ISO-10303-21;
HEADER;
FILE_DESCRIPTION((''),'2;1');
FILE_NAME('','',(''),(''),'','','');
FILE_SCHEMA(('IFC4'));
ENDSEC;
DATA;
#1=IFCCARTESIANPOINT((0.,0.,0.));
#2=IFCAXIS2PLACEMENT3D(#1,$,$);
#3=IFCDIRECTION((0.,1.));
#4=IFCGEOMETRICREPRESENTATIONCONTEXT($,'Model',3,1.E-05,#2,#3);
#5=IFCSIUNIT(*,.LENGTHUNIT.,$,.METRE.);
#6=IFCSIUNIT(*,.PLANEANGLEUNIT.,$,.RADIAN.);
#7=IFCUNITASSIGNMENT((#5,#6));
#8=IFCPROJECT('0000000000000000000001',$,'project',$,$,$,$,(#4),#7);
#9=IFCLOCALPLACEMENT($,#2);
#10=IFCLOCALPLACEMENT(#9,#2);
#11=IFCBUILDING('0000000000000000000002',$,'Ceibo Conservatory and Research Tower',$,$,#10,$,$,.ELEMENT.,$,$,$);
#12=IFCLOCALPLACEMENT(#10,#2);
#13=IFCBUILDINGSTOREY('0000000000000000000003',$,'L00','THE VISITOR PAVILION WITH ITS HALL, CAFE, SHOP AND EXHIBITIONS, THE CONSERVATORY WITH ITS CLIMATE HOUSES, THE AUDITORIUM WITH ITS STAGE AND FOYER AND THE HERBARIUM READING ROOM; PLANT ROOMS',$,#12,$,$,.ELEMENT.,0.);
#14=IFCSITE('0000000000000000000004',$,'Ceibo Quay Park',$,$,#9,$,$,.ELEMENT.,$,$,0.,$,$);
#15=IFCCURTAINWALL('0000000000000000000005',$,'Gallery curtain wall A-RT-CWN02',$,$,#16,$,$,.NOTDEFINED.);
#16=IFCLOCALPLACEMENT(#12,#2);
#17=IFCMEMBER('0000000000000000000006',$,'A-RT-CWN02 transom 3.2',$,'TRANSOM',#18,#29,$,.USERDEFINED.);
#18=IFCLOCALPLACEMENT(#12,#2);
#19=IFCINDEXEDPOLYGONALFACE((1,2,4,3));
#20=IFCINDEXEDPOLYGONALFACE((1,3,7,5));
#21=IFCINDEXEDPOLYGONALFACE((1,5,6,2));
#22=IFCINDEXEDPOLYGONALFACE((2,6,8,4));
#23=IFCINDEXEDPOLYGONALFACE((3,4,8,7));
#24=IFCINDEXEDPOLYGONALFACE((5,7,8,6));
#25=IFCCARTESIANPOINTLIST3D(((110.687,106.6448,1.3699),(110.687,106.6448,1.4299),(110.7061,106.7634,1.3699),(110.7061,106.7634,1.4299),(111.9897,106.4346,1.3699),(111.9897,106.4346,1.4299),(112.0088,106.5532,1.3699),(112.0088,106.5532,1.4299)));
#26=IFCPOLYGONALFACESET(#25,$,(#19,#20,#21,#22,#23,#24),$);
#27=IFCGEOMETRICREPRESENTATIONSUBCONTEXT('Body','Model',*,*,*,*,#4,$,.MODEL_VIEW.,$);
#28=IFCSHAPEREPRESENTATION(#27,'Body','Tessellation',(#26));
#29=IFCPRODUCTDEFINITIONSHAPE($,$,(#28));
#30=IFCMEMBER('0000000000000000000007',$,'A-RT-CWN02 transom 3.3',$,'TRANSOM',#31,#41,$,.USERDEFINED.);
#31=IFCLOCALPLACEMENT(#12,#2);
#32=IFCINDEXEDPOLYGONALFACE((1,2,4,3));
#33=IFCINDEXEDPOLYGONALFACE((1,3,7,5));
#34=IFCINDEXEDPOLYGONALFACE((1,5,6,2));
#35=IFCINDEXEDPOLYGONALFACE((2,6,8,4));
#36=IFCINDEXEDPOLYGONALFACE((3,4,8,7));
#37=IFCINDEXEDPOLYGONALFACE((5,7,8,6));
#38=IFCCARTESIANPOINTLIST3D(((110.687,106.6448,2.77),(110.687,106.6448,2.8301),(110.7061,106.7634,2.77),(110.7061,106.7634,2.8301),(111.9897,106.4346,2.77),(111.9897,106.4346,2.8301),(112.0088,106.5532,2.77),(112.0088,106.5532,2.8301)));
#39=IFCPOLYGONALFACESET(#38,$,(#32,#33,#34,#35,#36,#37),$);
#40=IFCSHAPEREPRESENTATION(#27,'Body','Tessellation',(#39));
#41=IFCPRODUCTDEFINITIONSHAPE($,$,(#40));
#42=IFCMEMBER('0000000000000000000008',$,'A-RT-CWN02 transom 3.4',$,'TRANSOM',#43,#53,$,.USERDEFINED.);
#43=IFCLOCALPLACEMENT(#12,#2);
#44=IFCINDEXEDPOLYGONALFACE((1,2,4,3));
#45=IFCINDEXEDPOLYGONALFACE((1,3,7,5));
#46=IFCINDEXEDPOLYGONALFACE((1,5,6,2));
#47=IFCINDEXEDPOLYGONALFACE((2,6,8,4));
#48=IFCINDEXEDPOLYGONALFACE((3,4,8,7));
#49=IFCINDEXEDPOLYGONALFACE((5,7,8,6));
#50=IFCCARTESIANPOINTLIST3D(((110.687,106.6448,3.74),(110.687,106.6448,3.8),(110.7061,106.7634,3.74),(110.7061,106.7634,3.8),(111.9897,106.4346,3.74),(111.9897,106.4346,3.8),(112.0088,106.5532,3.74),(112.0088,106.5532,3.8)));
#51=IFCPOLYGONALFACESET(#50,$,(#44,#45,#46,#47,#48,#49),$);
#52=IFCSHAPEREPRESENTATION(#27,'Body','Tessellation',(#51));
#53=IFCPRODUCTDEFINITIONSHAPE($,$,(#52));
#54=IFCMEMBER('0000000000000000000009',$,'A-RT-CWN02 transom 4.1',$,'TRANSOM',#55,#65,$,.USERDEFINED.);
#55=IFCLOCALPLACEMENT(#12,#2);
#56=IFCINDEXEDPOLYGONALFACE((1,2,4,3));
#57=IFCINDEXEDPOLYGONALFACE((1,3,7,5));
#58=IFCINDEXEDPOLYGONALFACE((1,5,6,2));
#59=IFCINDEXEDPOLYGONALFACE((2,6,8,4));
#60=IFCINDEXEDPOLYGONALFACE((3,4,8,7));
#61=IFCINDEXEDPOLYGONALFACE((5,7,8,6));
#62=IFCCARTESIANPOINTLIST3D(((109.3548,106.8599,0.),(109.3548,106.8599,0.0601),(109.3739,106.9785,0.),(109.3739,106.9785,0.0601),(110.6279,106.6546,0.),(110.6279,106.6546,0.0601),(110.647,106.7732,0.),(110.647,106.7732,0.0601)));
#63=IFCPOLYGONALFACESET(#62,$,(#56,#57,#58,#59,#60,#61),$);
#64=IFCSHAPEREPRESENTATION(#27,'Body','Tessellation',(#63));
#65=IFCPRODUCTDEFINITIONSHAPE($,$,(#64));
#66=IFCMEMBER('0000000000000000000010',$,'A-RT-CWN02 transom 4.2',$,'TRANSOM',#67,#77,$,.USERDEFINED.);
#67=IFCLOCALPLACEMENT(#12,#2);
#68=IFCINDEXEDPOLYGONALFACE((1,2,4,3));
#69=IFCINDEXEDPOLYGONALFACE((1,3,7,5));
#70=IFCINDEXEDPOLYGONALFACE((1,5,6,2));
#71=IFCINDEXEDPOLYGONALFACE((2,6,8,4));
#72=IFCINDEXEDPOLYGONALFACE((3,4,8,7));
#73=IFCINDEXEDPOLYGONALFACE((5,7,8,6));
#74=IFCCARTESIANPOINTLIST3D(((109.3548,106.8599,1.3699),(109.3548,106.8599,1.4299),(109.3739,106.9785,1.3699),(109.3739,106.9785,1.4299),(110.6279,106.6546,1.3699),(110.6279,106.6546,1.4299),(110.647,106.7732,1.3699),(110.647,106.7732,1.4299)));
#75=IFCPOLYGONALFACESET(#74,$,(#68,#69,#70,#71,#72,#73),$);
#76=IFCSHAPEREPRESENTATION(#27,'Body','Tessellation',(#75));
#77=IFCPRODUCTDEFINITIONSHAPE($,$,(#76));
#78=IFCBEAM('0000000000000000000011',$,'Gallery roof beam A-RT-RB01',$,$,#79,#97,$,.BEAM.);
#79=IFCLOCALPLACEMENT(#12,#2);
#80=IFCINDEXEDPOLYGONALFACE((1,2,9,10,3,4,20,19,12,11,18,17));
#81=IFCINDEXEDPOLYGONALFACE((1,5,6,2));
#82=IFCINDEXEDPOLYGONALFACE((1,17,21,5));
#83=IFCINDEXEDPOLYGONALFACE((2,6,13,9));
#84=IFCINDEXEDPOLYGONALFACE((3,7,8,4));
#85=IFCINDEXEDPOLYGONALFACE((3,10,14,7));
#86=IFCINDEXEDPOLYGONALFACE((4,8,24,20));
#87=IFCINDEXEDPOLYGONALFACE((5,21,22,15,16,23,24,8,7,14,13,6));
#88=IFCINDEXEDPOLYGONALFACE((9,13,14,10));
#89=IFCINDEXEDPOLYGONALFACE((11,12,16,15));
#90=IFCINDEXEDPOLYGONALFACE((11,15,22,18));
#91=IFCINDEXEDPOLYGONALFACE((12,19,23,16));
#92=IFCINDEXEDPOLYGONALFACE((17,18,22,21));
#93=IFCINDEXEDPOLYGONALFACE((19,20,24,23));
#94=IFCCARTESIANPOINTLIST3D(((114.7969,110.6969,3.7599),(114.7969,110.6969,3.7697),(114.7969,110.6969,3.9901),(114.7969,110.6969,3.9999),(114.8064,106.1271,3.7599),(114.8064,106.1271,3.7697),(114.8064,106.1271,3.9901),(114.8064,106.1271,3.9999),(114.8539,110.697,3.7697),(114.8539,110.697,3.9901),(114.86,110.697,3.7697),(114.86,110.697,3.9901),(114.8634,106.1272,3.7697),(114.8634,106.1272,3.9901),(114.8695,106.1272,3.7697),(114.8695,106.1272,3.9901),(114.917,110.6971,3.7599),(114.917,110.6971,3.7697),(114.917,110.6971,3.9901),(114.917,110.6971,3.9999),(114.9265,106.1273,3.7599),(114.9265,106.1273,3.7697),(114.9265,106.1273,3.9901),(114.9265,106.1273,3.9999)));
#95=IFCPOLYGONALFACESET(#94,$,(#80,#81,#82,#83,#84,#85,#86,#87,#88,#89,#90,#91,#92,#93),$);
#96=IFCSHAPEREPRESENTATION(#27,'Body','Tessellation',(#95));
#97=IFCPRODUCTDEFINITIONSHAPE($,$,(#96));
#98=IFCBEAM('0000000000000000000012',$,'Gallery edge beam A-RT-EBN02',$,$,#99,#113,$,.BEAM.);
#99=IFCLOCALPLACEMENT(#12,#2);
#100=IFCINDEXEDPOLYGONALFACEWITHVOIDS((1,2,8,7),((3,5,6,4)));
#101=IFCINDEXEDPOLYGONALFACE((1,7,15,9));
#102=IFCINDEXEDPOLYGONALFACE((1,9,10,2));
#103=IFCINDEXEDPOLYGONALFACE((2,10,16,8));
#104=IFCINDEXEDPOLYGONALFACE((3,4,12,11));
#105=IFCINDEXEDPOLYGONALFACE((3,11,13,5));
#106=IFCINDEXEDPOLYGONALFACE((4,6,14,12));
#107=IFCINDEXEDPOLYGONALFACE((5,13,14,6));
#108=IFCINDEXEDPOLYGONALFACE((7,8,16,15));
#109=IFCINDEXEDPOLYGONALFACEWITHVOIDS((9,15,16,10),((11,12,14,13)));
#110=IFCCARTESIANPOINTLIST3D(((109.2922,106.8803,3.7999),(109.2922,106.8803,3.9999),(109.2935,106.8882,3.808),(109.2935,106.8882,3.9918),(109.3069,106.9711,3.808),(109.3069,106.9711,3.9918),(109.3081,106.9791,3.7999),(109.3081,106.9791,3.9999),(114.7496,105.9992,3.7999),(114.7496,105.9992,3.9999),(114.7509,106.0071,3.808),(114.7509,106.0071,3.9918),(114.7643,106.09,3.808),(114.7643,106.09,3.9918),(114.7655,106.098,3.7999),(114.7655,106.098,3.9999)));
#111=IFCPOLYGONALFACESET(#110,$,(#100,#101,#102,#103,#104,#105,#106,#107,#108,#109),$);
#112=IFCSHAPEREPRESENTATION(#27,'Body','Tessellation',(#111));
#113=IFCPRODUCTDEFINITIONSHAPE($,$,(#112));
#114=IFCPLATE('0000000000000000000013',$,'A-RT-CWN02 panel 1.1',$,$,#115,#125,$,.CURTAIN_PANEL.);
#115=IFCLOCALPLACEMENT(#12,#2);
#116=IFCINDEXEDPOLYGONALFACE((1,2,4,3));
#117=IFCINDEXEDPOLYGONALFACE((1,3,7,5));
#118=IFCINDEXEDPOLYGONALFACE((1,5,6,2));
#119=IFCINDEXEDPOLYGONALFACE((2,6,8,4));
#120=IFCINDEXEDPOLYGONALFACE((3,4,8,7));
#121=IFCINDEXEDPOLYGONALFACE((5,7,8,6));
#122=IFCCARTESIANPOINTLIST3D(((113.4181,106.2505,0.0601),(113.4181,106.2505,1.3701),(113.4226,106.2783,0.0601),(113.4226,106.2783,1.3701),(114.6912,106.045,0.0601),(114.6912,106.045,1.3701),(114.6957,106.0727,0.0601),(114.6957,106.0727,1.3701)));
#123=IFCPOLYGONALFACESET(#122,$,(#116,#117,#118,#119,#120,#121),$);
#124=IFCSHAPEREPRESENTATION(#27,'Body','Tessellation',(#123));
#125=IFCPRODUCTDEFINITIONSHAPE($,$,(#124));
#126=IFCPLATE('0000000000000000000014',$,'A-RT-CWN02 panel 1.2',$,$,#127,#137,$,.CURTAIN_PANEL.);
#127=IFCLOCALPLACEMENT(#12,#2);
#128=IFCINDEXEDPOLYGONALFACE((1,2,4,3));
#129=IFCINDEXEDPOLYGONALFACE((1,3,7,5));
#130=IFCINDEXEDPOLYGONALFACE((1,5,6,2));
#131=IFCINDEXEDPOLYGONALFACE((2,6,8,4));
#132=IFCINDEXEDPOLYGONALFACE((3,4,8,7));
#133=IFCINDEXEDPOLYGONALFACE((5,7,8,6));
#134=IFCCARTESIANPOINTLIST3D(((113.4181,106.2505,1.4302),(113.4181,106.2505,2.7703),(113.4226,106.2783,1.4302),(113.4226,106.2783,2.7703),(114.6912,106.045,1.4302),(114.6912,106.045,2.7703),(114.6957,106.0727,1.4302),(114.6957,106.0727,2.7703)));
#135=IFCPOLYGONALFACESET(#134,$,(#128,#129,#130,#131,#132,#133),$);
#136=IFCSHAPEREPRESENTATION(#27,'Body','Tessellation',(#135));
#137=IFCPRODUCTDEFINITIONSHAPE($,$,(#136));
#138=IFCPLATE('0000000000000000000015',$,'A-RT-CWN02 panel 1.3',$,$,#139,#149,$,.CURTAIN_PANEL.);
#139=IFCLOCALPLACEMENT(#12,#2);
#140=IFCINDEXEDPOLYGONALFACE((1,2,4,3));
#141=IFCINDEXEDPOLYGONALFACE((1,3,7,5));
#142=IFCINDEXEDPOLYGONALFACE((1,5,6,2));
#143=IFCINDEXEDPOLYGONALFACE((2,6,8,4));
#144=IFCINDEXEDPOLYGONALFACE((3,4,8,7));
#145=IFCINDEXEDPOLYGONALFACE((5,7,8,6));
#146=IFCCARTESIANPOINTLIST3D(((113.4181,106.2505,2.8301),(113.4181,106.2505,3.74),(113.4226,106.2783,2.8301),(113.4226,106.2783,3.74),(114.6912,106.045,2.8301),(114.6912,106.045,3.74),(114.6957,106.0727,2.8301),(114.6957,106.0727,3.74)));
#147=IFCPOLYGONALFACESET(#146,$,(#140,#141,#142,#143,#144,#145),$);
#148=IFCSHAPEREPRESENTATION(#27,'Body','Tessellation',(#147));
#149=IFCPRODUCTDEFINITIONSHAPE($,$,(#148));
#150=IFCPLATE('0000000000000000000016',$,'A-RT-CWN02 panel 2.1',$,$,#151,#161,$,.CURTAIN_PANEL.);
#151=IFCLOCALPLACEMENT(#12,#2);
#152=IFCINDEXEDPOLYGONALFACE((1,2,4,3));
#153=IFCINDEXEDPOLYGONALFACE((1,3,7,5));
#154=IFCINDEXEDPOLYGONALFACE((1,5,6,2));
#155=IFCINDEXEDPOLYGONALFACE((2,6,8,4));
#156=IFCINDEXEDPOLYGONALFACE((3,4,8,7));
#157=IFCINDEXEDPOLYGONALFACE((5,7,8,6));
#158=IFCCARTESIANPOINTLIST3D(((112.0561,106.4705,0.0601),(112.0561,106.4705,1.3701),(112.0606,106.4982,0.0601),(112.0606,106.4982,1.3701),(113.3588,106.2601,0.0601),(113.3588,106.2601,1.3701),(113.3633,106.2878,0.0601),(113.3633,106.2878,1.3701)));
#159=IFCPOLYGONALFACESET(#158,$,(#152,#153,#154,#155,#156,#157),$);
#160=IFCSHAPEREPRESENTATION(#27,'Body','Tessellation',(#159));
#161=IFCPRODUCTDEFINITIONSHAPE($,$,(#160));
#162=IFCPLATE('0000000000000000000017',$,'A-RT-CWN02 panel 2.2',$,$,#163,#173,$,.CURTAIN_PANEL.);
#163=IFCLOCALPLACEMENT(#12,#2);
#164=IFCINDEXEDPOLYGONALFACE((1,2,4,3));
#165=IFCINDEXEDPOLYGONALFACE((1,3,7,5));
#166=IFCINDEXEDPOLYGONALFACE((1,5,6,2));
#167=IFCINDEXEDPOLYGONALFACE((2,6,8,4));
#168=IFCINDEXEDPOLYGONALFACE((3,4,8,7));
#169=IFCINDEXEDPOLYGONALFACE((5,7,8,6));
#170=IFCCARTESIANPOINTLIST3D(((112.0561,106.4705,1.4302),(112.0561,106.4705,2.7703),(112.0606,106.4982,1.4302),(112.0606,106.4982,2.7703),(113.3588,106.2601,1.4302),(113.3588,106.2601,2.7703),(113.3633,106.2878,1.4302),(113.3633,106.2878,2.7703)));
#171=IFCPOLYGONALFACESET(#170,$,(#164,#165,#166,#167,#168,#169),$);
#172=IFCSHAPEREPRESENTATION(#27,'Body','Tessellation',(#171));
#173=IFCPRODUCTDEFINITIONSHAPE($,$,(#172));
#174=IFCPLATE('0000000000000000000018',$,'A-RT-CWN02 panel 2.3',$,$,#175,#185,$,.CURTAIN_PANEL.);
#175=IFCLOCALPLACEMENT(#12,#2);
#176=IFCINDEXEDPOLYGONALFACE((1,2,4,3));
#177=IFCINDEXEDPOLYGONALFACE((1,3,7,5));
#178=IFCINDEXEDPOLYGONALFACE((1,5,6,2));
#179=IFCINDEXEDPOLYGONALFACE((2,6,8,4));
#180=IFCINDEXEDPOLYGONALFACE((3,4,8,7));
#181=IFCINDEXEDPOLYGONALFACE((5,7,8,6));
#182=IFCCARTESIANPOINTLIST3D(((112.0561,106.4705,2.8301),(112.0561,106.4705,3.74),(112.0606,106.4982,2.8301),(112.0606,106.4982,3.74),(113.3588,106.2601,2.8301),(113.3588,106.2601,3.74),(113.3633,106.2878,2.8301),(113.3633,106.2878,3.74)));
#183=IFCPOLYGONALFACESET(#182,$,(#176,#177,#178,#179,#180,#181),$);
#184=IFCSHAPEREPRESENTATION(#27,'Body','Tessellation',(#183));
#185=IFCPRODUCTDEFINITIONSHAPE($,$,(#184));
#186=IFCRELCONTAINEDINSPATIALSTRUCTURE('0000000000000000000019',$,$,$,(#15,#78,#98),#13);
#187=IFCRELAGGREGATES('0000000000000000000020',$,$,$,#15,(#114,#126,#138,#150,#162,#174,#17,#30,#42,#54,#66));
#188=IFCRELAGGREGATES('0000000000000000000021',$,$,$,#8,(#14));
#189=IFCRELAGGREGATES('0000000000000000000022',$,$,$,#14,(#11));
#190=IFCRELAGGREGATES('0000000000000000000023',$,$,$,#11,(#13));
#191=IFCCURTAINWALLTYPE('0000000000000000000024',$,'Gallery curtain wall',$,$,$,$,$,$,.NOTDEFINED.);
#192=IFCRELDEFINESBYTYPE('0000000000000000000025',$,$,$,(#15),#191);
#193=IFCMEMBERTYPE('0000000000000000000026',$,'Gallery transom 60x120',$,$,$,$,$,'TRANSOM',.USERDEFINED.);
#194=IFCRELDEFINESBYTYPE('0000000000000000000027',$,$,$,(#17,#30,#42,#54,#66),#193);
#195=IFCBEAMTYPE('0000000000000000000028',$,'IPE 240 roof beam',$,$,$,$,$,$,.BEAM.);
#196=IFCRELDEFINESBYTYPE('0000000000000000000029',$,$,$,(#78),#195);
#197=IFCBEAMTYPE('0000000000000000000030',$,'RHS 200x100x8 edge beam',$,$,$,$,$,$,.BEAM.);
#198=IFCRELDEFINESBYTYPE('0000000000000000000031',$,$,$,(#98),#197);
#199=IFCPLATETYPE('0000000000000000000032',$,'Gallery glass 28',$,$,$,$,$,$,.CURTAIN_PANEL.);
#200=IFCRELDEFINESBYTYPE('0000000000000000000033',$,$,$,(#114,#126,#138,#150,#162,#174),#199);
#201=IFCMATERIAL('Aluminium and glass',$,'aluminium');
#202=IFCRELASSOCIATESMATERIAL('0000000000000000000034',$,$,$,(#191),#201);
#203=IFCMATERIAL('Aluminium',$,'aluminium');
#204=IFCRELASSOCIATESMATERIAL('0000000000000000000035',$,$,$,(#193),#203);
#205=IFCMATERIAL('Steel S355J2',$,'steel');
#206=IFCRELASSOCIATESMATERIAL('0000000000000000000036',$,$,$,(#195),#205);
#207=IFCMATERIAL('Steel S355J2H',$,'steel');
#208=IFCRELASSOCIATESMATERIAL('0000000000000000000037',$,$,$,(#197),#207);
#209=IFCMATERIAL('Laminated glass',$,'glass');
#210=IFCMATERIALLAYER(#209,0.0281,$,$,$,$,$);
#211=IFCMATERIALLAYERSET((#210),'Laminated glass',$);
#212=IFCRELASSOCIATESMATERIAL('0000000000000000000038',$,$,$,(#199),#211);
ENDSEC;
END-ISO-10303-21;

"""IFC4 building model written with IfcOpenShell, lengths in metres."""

from ifc_helpers import new_model, si_unit, direction, frame, origin, origin_2d, place, context, subcontext, project, spatial, rectangle, hollow_rectangle, i_section, extrude, material, layer, layer_set, material_profile, profile_set, type_object, element, aggregate, save


model = new_model("IFC4")

# Units and contexts
model_context = context("Model", 3, precision=1e-05, world=origin(), true_north=direction((0.0, 1.0)))
body_context = subcontext(model_context, "Body", "Model", "MODEL_VIEW")
ifc_project = project(units=[si_unit("LENGTHUNIT", "METRE"), si_unit("PLANEANGLEUNIT", "RADIAN")], contexts=[model_context])

# Site, building, storey
site_placement = place(None, origin())
site = spatial("IfcSite", under=ifc_project, at=site_placement, Name="Ceibo Quay Park", CompositionType="ELEMENT", RefElevation=0.0)
building_placement = place(site_placement, origin())
building = spatial("IfcBuilding", under=site, at=building_placement, Name="Ceibo Conservatory and Research Tower", CompositionType="ELEMENT")
storey_placement = place(building_placement, origin())
storey = spatial("IfcBuildingStorey", under=building, at=storey_placement, Name="L00", Description="THE VISITOR PAVILION WITH ITS HALL, CAFE, SHOP AND EXHIBITIONS, THE CONSERVATORY WITH ITS CLIMATE HOUSES, THE AUDITORIUM WITH ITS STAGE AND FOYER AND THE HERBARIUM READING ROOM; PLANT ROOMS", CompositionType="ELEMENT", Elevation=0.0)

# Shared definitions
ifc_material_1 = material(Name="Steel S355J2H", Category="steel")

# Curtain wall, members
ifc_material_2 = material(Name="Aluminium and glass", Category="aluminium")
curtain_wall_type = type_object("IfcCurtainWallType", Name="Gallery curtain wall", PredefinedType="NOTDEFINED", material=ifc_material_2)
curtain_wall_placement = place(storey_placement, origin())
curtain_wall = element("IfcCurtainWall", 1, at=curtain_wall_placement, inside=storey, type_object=curtain_wall_type, Name="Gallery curtain wall A-RT-CWN02", PredefinedType="NOTDEFINED")
ifc_material_3 = material(Name="Aluminium", Category="aluminium")
ifc_material_profile_1 = material_profile(ifc_material_3, rectangle(XDim=0.1201, YDim=0.0601, at=origin_2d()), Name="AL 60x120")
ifc_profile_set_1 = profile_set([ifc_material_profile_1], Name="Aluminium")
member_type_1 = type_object("IfcMemberType", Name="Gallery transom 60x120", ElementType="TRANSOM", PredefinedType="USERDEFINED", material=ifc_profile_set_1)
member_1_placement = place(storey_placement, frame((111.9993, 106.4939, 1.3999), z_axis=(-0.987231, 0.159296, 0.0), x_axis=(-0.159296, -0.987231, 0.0)))
member_1 = element("IfcMember", 2, at=member_1_placement, type_object=member_type_1, Name="A-RT-CWN02 transom 3.2", ObjectType="TRANSOM", PredefinedType="USERDEFINED", context=body_context, shape_type="SweptSolid", body=[
    extrude(rectangle(XDim=0.1201, YDim=0.0601, at=origin_2d()), origin(), (0.0, 0.0, 1.0), 1.3196),
])
member_2_placement = place(storey_placement, frame((111.9993, 106.4939, 2.8), z_axis=(-0.987231, 0.159296, 0.0), x_axis=(-0.159296, -0.987231, 0.0)))
member_2 = element("IfcMember", 3, at=member_2_placement, type_object=member_type_1, Name="A-RT-CWN02 transom 3.3", ObjectType="TRANSOM", PredefinedType="USERDEFINED", context=body_context, shape_type="SweptSolid", body=[
    extrude(rectangle(XDim=0.1201, YDim=0.0601, at=origin_2d()), origin(), (0.0, 0.0, 1.0), 1.3196),
])
member_3_placement = place(storey_placement, frame((111.9993, 106.4939, 3.77), z_axis=(-0.987231, 0.159296, 0.0), x_axis=(-0.159296, -0.987231, 0.0)))
member_3 = element("IfcMember", 4, at=member_3_placement, type_object=member_type_1, Name="A-RT-CWN02 transom 3.4", ObjectType="TRANSOM", PredefinedType="USERDEFINED", context=body_context, shape_type="SweptSolid", body=[
    extrude(rectangle(XDim=0.1201, YDim=0.0601, at=origin_2d()), origin(), (0.0, 0.0, 1.0), 1.3196),
])
member_4_placement = place(storey_placement, frame((110.6375, 106.7139, 0.03), z_axis=(-0.987245, 0.159209, 0.0), x_axis=(-0.159209, -0.987245, 0.0)))
member_4 = element("IfcMember", 5, at=member_4_placement, type_object=member_type_1, Name="A-RT-CWN02 transom 4.1", ObjectType="TRANSOM", PredefinedType="USERDEFINED", context=body_context, shape_type="SweptSolid", body=[
    extrude(rectangle(XDim=0.1201, YDim=0.0601, at=origin_2d()), origin(), (0.0, 0.0, 1.0), 1.2896),
])
member_5_placement = place(storey_placement, frame((110.6375, 106.7139, 1.3999), z_axis=(-0.987245, 0.159209, 0.0), x_axis=(-0.159209, -0.987245, 0.0)))
member_5 = element("IfcMember", 6, at=member_5_placement, type_object=member_type_1, Name="A-RT-CWN02 transom 4.2", ObjectType="TRANSOM", PredefinedType="USERDEFINED", context=body_context, shape_type="SweptSolid", body=[
    extrude(rectangle(XDim=0.1201, YDim=0.0601, at=origin_2d()), origin(), (0.0, 0.0, 1.0), 1.2896),
])

# Beams
ifc_material_4 = material(Name="Steel S355J2", Category="steel")
ifc_material_profile_2 = material_profile(ifc_material_4, i_section(OverallWidth=0.1201, OverallDepth=0.24, WebThickness=0.0061, FlangeThickness=0.0098, at=origin_2d()), Name="IPE 240")
ifc_profile_set_2 = profile_set([ifc_material_profile_2], Name="Steel S355J2")
beam_type_1 = type_object("IfcBeamType", Name="IPE 240 roof beam", PredefinedType="BEAM", material=ifc_profile_set_2)
beam_1_placement = place(storey_placement, frame((114.8665, 106.1272, 3.8799), z_axis=(-0.002084, 0.999998, 0.0), x_axis=(-0.999998, -0.002084, 0.0)))
element("IfcBeam", 7, at=beam_1_placement, inside=storey, type_object=beam_type_1, Name="Gallery roof beam A-RT-RB01", PredefinedType="BEAM", context=body_context, shape_type="SweptSolid", body=[
    extrude(i_section(OverallWidth=0.1201, OverallDepth=0.24, WebThickness=0.0061, FlangeThickness=0.0098, at=origin_2d()), origin(), (0.0, 0.0, 1.0), 4.5698),
])
ifc_material_profile_3 = material_profile(ifc_material_1, hollow_rectangle(XDim=0.1001, YDim=0.2, WallThickness=0.0081, at=origin_2d()), Name="RHS 200x100x8 edge beam")
ifc_profile_set_3 = profile_set([ifc_material_profile_3], Name="Steel S355J2H")
beam_type_2 = type_object("IfcBeamType", Name="RHS 200x100x8 edge beam", PredefinedType="BEAM", material=ifc_profile_set_3)
beam_2_placement = place(storey_placement, frame((114.7576, 106.0486, 3.8999), z_axis=(-0.987217, 0.159384, 0.0), x_axis=(-0.159384, -0.987217, 0.0)))
element("IfcBeam", 8, at=beam_2_placement, inside=storey, type_object=beam_type_2, Name="Gallery edge beam A-RT-EBN02", PredefinedType="BEAM", context=body_context, shape_type="SweptSolid", body=[
    extrude(hollow_rectangle(XDim=0.1001, YDim=0.2, WallThickness=0.0081, at=origin_2d()), origin(), (0.0, 0.0, 1.0), 5.5281),
])

# Plates
ifc_material_5 = material(Name="Laminated glass", Category="glass")
ifc_layer_1 = layer(ifc_material_5, 0.0281)
ifc_layer_set_1 = layer_set([ifc_layer_1], Name="Laminated glass")
plate_type = type_object("IfcPlateType", Name="Gallery glass 28", PredefinedType="CURTAIN_PANEL", material=ifc_layer_set_1)
plate_1_placement = place(storey_placement, frame((114.0569, 106.1616, 0.0601), z_axis=(0.0, 0.0, 1.0), x_axis=(-0.987216, 0.159391, 0.0)))
plate_1 = element("IfcPlate", 9, at=plate_1_placement, type_object=plate_type, Name="A-RT-CWN02 panel 1.1", PredefinedType="CURTAIN_PANEL", context=body_context, shape_type="SweptSolid", body=[
    extrude(rectangle(XDim=1.2896, YDim=0.0281, at=origin_2d()), origin(), (0.0, 0.0, 1.0), 1.3101),
])
plate_2_placement = place(storey_placement, frame((114.0569, 106.1616, 1.4302), z_axis=(0.0, 0.0, 1.0), x_axis=(-0.987216, 0.159391, 0.0)))
plate_2 = element("IfcPlate", 10, at=plate_2_placement, type_object=plate_type, Name="A-RT-CWN02 panel 1.2", PredefinedType="CURTAIN_PANEL", context=body_context, shape_type="SweptSolid", body=[
    extrude(rectangle(XDim=1.2896, YDim=0.0281, at=origin_2d()), origin(), (0.0, 0.0, 1.0), 1.3401),
])
plate_3_placement = place(storey_placement, frame((114.0569, 106.1616, 2.8301), z_axis=(0.0, 0.0, 1.0), x_axis=(-0.987216, 0.159391, 0.0)))
plate_3 = element("IfcPlate", 11, at=plate_3_placement, type_object=plate_type, Name="A-RT-CWN02 panel 1.3", PredefinedType="CURTAIN_PANEL", context=body_context, shape_type="SweptSolid", body=[
    extrude(rectangle(XDim=1.2896, YDim=0.0281, at=origin_2d()), origin(), (0.0, 0.0, 1.0), 0.9099),
])
plate_4_placement = place(storey_placement, frame((112.7097, 106.3792, 0.0601), z_axis=(0.0, 0.0, 1.0), x_axis=(-0.987216, 0.159391, 0.0)))
plate_4 = element("IfcPlate", 12, at=plate_4_placement, type_object=plate_type, Name="A-RT-CWN02 panel 2.1", PredefinedType="CURTAIN_PANEL", context=body_context, shape_type="SweptSolid", body=[
    extrude(rectangle(XDim=1.3196, YDim=0.0281, at=origin_2d()), origin(), (0.0, 0.0, 1.0), 1.3101),
])
plate_5_placement = place(storey_placement, frame((112.7097, 106.3792, 1.4302), z_axis=(0.0, 0.0, 1.0), x_axis=(-0.987216, 0.159391, 0.0)))
plate_5 = element("IfcPlate", 13, at=plate_5_placement, type_object=plate_type, Name="A-RT-CWN02 panel 2.2", PredefinedType="CURTAIN_PANEL", context=body_context, shape_type="SweptSolid", body=[
    extrude(rectangle(XDim=1.3196, YDim=0.0281, at=origin_2d()), origin(), (0.0, 0.0, 1.0), 1.3401),
])
plate_6_placement = place(storey_placement, frame((112.7097, 106.3792, 2.8301), z_axis=(0.0, 0.0, 1.0), x_axis=(-0.987216, 0.159391, 0.0)))
plate_6 = element("IfcPlate", 14, at=plate_6_placement, type_object=plate_type, Name="A-RT-CWN02 panel 2.3", PredefinedType="CURTAIN_PANEL", context=body_context, shape_type="SweptSolid", body=[
    extrude(rectangle(XDim=1.3196, YDim=0.0281, at=origin_2d()), origin(), (0.0, 0.0, 1.0), 0.9099),
])
aggregate(curtain_wall, [plate_1, plate_2, plate_3, plate_4, plate_5, plate_6, member_1, member_2, member_3, member_4, member_5])

save(model, "model.ifc")
